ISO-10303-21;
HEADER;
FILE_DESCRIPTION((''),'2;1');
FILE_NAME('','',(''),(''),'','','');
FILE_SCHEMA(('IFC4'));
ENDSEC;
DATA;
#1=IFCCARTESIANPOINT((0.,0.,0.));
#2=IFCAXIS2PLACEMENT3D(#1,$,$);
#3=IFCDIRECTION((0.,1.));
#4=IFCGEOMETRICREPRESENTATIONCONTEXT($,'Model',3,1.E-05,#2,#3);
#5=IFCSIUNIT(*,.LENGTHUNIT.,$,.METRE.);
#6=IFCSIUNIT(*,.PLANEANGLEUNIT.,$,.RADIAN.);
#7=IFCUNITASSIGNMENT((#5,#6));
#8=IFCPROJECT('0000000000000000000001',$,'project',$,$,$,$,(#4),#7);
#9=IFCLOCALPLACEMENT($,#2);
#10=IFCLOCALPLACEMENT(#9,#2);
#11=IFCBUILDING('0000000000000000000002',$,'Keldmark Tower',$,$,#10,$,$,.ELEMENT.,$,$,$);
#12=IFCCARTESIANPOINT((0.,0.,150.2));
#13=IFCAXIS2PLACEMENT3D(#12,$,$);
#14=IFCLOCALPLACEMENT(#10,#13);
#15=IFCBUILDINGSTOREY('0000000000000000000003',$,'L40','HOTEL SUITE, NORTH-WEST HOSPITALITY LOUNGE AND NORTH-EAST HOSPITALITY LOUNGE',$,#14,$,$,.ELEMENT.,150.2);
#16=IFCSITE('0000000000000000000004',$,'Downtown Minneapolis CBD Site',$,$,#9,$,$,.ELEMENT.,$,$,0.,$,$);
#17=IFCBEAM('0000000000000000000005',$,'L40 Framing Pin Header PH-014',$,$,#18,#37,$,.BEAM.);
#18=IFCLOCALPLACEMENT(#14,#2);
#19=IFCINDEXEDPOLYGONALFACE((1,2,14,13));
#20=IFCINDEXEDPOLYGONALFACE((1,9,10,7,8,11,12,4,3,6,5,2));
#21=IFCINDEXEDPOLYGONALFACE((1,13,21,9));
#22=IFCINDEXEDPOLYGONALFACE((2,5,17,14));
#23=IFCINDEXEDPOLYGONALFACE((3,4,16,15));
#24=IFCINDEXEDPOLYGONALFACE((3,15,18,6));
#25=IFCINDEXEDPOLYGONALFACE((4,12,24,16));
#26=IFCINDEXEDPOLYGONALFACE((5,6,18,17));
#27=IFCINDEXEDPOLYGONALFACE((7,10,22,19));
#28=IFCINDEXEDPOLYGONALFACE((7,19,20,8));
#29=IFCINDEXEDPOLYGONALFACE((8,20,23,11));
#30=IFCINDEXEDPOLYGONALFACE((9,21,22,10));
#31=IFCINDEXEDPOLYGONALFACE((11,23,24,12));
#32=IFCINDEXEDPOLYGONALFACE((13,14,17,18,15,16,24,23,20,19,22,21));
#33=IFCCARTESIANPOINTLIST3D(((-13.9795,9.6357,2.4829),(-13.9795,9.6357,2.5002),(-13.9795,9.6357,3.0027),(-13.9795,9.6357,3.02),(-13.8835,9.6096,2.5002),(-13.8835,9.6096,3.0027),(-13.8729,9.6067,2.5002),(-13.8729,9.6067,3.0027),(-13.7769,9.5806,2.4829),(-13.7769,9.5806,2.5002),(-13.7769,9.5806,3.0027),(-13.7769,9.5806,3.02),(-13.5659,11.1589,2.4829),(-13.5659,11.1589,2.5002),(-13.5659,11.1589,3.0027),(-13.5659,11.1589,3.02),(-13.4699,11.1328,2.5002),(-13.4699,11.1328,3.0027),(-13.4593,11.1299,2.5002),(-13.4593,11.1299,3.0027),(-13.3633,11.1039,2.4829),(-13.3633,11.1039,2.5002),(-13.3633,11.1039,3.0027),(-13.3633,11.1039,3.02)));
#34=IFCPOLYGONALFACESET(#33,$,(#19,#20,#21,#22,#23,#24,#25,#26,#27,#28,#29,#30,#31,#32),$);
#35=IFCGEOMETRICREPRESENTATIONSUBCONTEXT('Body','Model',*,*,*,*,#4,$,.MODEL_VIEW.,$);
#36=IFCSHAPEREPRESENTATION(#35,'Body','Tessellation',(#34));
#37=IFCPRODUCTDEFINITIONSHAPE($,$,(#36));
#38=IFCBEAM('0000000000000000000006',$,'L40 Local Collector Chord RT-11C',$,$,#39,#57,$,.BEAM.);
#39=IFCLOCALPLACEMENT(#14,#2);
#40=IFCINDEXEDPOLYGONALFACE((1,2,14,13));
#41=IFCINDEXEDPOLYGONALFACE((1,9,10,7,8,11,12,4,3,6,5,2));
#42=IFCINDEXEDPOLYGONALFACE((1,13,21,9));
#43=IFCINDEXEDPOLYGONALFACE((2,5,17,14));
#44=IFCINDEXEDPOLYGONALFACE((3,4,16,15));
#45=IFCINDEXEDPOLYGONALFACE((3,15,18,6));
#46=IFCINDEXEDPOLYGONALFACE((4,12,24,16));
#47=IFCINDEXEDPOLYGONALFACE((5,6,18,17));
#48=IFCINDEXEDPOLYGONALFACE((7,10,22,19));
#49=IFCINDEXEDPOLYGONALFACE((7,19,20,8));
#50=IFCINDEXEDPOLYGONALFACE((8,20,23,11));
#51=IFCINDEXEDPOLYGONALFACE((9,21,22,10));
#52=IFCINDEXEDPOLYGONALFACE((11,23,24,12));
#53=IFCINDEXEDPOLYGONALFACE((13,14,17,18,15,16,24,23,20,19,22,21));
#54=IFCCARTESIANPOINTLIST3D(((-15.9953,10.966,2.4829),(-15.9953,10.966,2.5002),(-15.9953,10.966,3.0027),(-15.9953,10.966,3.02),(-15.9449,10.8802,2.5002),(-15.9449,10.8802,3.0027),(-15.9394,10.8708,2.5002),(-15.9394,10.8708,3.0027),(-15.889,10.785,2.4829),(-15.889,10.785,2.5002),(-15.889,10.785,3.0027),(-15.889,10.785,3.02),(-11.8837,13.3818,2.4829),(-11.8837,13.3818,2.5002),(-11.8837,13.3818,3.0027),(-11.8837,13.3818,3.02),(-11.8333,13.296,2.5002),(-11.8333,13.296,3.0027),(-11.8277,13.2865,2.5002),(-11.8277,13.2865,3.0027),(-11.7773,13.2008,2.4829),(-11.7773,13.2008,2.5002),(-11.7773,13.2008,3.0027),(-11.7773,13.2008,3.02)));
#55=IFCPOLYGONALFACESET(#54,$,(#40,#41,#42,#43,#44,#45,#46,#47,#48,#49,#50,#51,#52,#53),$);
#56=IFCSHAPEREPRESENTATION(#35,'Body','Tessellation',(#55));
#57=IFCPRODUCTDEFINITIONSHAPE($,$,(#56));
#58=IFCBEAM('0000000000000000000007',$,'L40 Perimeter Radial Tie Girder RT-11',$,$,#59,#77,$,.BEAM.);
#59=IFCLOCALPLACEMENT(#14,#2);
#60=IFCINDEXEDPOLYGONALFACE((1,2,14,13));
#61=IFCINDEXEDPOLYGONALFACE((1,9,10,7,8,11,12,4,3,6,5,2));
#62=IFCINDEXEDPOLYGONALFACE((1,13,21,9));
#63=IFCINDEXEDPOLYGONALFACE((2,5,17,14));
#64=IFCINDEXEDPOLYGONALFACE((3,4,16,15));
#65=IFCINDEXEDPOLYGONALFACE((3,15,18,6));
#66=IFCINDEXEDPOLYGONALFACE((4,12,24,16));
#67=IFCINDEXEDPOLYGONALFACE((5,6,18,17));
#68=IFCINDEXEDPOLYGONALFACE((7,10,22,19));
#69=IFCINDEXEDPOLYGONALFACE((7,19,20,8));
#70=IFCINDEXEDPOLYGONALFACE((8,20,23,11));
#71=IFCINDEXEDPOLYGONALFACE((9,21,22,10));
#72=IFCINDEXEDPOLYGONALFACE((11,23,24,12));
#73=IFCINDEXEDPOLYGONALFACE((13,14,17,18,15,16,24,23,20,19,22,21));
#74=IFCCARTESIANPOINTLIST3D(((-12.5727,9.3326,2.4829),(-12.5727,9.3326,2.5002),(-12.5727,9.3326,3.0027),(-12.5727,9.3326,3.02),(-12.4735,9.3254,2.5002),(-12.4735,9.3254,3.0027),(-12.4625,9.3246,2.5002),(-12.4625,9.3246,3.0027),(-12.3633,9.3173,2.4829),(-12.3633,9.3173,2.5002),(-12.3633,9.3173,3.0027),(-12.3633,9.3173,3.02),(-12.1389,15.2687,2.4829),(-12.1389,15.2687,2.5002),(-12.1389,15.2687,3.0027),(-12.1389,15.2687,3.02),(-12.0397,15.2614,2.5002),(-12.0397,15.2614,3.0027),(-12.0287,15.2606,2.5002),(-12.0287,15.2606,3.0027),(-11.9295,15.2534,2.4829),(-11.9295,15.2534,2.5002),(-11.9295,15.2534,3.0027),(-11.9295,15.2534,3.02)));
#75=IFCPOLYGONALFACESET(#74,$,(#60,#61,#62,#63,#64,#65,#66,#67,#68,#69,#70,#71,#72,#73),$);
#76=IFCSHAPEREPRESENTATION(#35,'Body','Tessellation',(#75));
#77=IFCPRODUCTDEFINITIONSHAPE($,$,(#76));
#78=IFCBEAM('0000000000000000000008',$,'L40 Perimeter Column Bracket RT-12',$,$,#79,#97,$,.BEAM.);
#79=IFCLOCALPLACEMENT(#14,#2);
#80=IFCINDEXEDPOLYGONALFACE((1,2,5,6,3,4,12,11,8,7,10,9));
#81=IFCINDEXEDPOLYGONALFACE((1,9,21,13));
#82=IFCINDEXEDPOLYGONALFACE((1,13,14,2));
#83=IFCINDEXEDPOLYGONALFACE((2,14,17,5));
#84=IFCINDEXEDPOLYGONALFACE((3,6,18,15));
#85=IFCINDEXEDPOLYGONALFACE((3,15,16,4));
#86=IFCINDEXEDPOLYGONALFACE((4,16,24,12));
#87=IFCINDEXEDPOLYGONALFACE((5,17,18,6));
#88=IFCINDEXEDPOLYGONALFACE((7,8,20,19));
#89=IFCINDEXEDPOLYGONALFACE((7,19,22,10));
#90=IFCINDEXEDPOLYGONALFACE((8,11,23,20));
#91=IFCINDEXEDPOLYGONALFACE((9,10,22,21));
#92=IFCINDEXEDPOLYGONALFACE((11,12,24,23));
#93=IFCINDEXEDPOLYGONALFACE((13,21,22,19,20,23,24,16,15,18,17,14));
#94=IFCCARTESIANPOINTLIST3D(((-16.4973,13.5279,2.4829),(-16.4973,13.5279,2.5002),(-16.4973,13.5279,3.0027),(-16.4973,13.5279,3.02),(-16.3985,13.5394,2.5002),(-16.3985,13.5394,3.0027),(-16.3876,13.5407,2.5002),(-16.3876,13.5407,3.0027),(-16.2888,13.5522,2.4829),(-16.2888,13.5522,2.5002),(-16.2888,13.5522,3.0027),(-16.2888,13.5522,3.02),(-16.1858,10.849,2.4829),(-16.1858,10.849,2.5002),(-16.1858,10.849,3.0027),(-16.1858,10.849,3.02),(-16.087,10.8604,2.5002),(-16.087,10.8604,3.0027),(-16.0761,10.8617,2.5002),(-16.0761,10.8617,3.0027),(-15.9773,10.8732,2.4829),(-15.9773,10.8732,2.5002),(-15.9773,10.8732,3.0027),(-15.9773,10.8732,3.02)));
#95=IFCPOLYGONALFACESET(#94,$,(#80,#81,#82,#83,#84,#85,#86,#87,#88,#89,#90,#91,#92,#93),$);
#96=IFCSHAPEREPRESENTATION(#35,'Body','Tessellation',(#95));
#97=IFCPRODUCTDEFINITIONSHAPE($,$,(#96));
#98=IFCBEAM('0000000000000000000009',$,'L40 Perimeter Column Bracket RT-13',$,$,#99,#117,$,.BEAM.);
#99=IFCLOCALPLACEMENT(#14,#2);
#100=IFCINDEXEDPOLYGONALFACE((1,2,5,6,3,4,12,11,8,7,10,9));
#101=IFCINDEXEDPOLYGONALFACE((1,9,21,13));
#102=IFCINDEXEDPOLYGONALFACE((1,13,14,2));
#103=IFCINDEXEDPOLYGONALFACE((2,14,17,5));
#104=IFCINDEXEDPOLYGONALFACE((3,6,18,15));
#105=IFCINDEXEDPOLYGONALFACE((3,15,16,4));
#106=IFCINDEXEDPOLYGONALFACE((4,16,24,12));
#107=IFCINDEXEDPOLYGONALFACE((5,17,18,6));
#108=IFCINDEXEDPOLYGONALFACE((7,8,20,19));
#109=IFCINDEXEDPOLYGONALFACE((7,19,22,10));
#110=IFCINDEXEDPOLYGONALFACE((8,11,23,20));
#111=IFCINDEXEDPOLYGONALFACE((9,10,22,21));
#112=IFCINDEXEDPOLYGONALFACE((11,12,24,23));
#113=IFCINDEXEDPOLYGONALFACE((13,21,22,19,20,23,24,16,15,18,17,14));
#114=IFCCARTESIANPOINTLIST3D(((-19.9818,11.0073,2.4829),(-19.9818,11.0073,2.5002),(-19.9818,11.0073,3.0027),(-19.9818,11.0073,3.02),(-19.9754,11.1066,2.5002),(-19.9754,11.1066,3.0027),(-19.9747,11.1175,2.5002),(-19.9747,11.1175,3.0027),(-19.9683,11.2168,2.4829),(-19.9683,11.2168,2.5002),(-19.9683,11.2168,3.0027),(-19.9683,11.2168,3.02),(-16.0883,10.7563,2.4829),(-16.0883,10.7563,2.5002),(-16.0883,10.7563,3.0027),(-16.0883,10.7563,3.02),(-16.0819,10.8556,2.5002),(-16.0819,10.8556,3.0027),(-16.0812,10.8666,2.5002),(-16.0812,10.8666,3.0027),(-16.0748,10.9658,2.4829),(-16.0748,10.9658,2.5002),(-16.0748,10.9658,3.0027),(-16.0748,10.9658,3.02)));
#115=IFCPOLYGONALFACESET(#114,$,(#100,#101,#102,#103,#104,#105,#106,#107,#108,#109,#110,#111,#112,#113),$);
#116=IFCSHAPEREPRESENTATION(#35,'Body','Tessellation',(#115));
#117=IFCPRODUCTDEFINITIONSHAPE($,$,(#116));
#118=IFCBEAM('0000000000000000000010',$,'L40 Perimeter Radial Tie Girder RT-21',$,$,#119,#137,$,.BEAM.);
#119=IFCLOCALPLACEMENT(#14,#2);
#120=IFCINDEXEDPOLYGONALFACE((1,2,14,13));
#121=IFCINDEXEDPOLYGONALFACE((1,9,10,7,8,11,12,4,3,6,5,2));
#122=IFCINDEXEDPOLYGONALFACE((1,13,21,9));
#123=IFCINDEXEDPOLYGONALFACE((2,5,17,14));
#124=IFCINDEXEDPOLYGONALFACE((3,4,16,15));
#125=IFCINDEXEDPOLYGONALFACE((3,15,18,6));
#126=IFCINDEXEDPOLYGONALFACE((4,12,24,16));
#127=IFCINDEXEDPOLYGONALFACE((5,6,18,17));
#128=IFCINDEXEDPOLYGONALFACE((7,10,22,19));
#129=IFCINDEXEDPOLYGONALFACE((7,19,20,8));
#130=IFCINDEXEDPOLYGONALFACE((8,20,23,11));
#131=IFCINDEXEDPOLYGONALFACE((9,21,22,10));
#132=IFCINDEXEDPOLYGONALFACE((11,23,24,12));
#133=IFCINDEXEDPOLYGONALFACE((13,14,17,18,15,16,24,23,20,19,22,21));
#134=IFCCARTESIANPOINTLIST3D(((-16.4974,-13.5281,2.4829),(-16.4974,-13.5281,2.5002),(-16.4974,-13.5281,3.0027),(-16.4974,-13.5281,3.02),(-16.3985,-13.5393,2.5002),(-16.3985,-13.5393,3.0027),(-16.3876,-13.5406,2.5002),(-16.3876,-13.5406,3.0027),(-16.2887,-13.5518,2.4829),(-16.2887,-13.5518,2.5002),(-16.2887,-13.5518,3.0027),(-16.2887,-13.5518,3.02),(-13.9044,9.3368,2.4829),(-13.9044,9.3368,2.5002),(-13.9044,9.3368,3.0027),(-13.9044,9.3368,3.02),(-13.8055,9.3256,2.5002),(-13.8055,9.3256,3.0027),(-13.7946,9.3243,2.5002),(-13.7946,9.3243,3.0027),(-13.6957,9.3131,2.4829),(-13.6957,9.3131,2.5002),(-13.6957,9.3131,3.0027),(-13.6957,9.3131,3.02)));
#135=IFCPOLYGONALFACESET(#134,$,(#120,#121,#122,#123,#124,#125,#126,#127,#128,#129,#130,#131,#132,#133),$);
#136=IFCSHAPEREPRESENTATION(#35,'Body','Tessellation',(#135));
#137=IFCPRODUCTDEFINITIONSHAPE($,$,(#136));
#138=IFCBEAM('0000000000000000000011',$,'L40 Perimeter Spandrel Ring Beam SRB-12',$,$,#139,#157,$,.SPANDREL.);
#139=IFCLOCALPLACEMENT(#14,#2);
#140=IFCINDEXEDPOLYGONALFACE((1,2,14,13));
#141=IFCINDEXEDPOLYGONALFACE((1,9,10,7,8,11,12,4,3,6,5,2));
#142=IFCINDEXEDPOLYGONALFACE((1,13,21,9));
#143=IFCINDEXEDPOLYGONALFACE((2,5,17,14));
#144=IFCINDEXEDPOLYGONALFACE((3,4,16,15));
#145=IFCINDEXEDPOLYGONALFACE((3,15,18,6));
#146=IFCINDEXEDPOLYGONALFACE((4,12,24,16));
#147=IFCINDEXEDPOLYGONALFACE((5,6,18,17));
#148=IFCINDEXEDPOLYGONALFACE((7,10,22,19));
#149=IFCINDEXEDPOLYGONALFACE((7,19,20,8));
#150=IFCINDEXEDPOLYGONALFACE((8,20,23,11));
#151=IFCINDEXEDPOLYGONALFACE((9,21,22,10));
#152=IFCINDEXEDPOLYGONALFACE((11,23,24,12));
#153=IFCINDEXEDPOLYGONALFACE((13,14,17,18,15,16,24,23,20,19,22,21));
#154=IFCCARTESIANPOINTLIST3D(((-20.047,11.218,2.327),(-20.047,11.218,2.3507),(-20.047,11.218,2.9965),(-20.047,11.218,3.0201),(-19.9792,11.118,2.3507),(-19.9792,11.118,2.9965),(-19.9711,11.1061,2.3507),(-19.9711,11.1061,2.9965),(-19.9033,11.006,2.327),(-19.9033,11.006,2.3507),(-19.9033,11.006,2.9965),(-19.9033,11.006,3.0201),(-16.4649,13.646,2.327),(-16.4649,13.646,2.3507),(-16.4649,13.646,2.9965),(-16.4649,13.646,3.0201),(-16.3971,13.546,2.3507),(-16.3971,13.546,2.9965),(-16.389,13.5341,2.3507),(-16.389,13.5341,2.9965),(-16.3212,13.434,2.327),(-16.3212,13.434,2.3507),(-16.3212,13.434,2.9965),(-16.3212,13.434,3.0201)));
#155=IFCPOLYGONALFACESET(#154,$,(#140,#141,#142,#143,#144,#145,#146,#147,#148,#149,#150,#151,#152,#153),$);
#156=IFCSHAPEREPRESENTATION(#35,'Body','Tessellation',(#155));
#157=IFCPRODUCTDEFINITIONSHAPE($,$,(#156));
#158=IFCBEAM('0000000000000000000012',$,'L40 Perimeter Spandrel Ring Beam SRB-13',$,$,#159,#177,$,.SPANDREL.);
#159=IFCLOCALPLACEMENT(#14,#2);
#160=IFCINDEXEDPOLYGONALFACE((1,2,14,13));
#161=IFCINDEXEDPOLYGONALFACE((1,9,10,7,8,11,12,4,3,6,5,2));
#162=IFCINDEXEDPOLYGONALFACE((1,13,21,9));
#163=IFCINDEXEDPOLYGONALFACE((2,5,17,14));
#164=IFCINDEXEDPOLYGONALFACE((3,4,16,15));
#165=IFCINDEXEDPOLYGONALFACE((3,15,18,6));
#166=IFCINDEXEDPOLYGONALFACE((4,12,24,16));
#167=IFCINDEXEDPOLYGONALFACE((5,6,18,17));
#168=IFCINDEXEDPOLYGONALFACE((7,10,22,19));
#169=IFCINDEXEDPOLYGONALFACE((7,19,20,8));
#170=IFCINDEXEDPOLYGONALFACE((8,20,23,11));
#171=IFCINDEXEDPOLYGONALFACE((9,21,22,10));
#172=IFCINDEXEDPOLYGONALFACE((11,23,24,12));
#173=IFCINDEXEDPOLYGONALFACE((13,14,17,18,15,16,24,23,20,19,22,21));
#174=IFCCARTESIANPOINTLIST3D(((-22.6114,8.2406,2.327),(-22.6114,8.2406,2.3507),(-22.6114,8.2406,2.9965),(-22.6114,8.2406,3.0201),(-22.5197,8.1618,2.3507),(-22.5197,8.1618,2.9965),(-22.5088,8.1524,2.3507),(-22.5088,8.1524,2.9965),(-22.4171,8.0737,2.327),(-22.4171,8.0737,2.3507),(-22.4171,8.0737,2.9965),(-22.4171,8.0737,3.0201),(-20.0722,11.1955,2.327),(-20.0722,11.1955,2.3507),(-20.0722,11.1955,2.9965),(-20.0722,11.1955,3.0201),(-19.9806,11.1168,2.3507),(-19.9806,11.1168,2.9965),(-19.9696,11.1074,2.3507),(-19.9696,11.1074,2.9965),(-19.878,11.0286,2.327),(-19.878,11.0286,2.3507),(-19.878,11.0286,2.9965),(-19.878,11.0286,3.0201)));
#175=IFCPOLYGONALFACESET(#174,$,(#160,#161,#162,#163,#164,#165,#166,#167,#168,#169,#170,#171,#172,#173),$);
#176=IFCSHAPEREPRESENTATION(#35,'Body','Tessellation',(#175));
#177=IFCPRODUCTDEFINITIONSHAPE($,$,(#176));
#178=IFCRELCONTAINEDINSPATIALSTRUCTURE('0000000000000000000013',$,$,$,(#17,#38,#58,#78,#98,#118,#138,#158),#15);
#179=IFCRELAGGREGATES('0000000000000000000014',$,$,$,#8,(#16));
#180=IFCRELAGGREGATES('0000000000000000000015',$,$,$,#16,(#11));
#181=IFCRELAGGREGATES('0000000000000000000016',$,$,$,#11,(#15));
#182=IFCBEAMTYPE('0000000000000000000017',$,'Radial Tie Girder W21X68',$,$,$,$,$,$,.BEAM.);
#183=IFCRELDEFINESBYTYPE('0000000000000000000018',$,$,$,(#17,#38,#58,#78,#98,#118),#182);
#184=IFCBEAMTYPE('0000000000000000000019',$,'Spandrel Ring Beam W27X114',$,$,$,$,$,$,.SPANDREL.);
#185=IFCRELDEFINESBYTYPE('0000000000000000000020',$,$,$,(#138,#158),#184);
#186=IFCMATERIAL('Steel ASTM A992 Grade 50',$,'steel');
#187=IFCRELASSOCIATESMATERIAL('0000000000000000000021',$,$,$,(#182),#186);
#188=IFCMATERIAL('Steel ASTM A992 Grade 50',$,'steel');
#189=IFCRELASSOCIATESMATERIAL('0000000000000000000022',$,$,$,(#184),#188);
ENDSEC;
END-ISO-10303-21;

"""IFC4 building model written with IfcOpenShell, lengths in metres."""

from ifc_helpers import new_model, si_unit, direction, frame, origin, origin_2d, place, context, subcontext, project, spatial, i_section, extrude, material, material_profile, profile_set, type_object, element, save


model = new_model("IFC4")

# Units and contexts
model_context = context("Model", 3, precision=1e-05, world=origin(), true_north=direction((0.0, 1.0)))
body_context = subcontext(model_context, "Body", "Model", "MODEL_VIEW")
ifc_project = project(units=[si_unit("LENGTHUNIT", "METRE"), si_unit("PLANEANGLEUNIT", "RADIAN")], contexts=[model_context])

# Site, building, storey
site_placement = place(None, origin())
site = spatial("IfcSite", under=ifc_project, at=site_placement, Name="Downtown Minneapolis CBD Site", CompositionType="ELEMENT", RefElevation=0.0)
building_placement = place(site_placement, origin())
building = spatial("IfcBuilding", under=site, at=building_placement, Name="Keldmark Tower", CompositionType="ELEMENT")
storey_placement = place(building_placement, frame((0.0, 0.0, 150.2)))
storey = spatial("IfcBuildingStorey", under=building, at=storey_placement, Name="L40", Description="HOTEL SUITE, NORTH-WEST HOSPITALITY LOUNGE AND NORTH-EAST HOSPITALITY LOUNGE", CompositionType="ELEMENT", Elevation=150.2)

# Beams
ifc_material_1 = material(Name="Steel ASTM A992 Grade 50", Category="steel")
ifc_material_profile_1 = material_profile(ifc_material_1, i_section(OverallWidth=0.21, OverallDepth=0.5371, WebThickness=0.011, FlangeThickness=0.0173, at=origin_2d()), Name="W21X68")
ifc_profile_set_1 = profile_set([ifc_material_profile_1], Name="Steel ASTM A992 Grade 50")
beam_type_1 = type_object("IfcBeamType", Name="Radial Tie Girder W21X68", PredefinedType="BEAM", material=ifc_profile_set_1)
beam_1_placement = place(storey_placement, frame((-13.8782, 9.6082, 2.7515), z_axis=(0.262031, 0.965059, 0.0), x_axis=(-0.965059, 0.262031, 0.0)))
element("IfcBeam", 1, at=beam_1_placement, inside=storey, type_object=beam_type_1, Name="L40 Framing Pin Header PH-014", PredefinedType="BEAM", context=body_context, shape_type="SweptSolid", body=[
    extrude(i_section(OverallWidth=0.21, OverallDepth=0.5371, WebThickness=0.011, FlangeThickness=0.0173, at=origin_2d()), origin(), (0.0, 0.0, 1.0), 1.5784),
])
beam_2_placement = place(storey_placement, frame((-15.9421, 10.8755, 2.7515), z_axis=(0.862191, 0.506584, 0.0), x_axis=(-0.506584, 0.862191, 0.0)))
element("IfcBeam", 2, at=beam_2_placement, inside=storey, type_object=beam_type_1, Name="L40 Local Collector Chord RT-11C", PredefinedType="BEAM", context=body_context, shape_type="SweptSolid", body=[
    extrude(i_section(OverallWidth=0.21, OverallDepth=0.5371, WebThickness=0.011, FlangeThickness=0.0173, at=origin_2d()), origin(), (0.0, 0.0, 1.0), 4.7688),
])
beam_3_placement = place(storey_placement, frame((-12.468, 9.325, 2.7515), z_axis=(0.072891, 0.99734, 0.0), x_axis=(-0.99734, 0.072891, 0.0)))
element("IfcBeam", 3, at=beam_3_placement, inside=storey, type_object=beam_type_1, Name="L40 Perimeter Radial Tie Girder RT-11", PredefinedType="BEAM", context=body_context, shape_type="SweptSolid", body=[
    extrude(i_section(OverallWidth=0.21, OverallDepth=0.5371, WebThickness=0.011, FlangeThickness=0.0173, at=origin_2d()), origin(), (0.0, 0.0, 1.0), 5.9519),
])
beam_4_placement = place(storey_placement, frame((-16.0815, 10.8611, 2.7515), z_axis=(-0.115507, 0.993307, 0.0), x_axis=(-0.993307, -0.115507, 0.0)))
element("IfcBeam", 4, at=beam_4_placement, inside=storey, type_object=beam_type_1, Name="L40 Perimeter Column Bracket RT-12", PredefinedType="BEAM", context=body_context, shape_type="SweptSolid", body=[
    extrude(i_section(OverallWidth=0.21, OverallDepth=0.5371, WebThickness=0.011, FlangeThickness=0.0173, at=origin_2d()), origin(), (0.0, 0.0, 1.0), 2.697),
])
beam_5_placement = place(storey_placement, frame((-16.0815, 10.8611, 2.7515), z_axis=(-0.997929, 0.064326, 0.0), x_axis=(-0.064326, -0.997929, 0.0)))
element("IfcBeam", 5, at=beam_5_placement, inside=storey, type_object=beam_type_1, Name="L40 Perimeter Column Bracket RT-13", PredefinedType="BEAM", context=body_context, shape_type="SweptSolid", body=[
    extrude(i_section(OverallWidth=0.21, OverallDepth=0.5371, WebThickness=0.011, FlangeThickness=0.0173, at=origin_2d()), origin(), (0.0, 0.0, 1.0), 3.9016),
])
beam_6_placement = place(storey_placement, frame((-13.8, 9.325, 2.7515), z_axis=(-0.112683, -0.993631, 0.0), x_axis=(0.993631, -0.112683, 0.0)))
element("IfcBeam", 6, at=beam_6_placement, inside=storey, type_object=beam_type_1, Name="L40 Perimeter Radial Tie Girder RT-21", PredefinedType="BEAM", context=body_context, shape_type="SweptSolid", body=[
    extrude(i_section(OverallWidth=0.21, OverallDepth=0.5371, WebThickness=0.011, FlangeThickness=0.0173, at=origin_2d()), origin(), (0.0, 0.0, 1.0), 23.0115),
])
ifc_material_2 = material(Name="Steel ASTM A992 Grade 50", Category="steel")
ifc_material_profile_2 = material_profile(ifc_material_2, i_section(OverallWidth=0.2561, OverallDepth=0.6931, WebThickness=0.0144, FlangeThickness=0.0237, at=origin_2d()), Name="W27X114")
ifc_profile_set_2 = profile_set([ifc_material_profile_2], Name="Steel ASTM A992 Grade 50")
beam_type_2 = type_object("IfcBeamType", Name="Spandrel Ring Beam W27X114", PredefinedType="SPANDREL", material=ifc_profile_set_2)
beam_7_placement = place(storey_placement, frame((-16.3931, 13.54, 2.6736), z_axis=(-0.827764, -0.561076, 0.0), x_axis=(0.561076, -0.827764, 0.0)))
element("IfcBeam", 7, at=beam_7_placement, inside=storey, type_object=beam_type_2, Name="L40 Perimeter Spandrel Ring Beam SRB-12", PredefinedType="SPANDREL", context=body_context, shape_type="SweptSolid", body=[
    extrude(i_section(OverallWidth=0.2561, OverallDepth=0.6931, WebThickness=0.0144, FlangeThickness=0.0237, at=origin_2d()), origin(), (0.0, 0.0, 1.0), 4.3274),
])
beam_8_placement = place(storey_placement, frame((-19.9751, 11.1121, 2.6736), z_axis=(-0.65173, -0.758451, 0.0), x_axis=(0.758451, -0.65173, 0.0)))
element("IfcBeam", 8, at=beam_8_placement, inside=storey, type_object=beam_type_2, Name="L40 Perimeter Spandrel Ring Beam SRB-13", PredefinedType="SPANDREL", context=body_context, shape_type="SweptSolid", body=[
    extrude(i_section(OverallWidth=0.2561, OverallDepth=0.6931, WebThickness=0.0144, FlangeThickness=0.0237, at=origin_2d()), origin(), (0.0, 0.0, 1.0), 3.896),
])

save(model, "model.ifc")
